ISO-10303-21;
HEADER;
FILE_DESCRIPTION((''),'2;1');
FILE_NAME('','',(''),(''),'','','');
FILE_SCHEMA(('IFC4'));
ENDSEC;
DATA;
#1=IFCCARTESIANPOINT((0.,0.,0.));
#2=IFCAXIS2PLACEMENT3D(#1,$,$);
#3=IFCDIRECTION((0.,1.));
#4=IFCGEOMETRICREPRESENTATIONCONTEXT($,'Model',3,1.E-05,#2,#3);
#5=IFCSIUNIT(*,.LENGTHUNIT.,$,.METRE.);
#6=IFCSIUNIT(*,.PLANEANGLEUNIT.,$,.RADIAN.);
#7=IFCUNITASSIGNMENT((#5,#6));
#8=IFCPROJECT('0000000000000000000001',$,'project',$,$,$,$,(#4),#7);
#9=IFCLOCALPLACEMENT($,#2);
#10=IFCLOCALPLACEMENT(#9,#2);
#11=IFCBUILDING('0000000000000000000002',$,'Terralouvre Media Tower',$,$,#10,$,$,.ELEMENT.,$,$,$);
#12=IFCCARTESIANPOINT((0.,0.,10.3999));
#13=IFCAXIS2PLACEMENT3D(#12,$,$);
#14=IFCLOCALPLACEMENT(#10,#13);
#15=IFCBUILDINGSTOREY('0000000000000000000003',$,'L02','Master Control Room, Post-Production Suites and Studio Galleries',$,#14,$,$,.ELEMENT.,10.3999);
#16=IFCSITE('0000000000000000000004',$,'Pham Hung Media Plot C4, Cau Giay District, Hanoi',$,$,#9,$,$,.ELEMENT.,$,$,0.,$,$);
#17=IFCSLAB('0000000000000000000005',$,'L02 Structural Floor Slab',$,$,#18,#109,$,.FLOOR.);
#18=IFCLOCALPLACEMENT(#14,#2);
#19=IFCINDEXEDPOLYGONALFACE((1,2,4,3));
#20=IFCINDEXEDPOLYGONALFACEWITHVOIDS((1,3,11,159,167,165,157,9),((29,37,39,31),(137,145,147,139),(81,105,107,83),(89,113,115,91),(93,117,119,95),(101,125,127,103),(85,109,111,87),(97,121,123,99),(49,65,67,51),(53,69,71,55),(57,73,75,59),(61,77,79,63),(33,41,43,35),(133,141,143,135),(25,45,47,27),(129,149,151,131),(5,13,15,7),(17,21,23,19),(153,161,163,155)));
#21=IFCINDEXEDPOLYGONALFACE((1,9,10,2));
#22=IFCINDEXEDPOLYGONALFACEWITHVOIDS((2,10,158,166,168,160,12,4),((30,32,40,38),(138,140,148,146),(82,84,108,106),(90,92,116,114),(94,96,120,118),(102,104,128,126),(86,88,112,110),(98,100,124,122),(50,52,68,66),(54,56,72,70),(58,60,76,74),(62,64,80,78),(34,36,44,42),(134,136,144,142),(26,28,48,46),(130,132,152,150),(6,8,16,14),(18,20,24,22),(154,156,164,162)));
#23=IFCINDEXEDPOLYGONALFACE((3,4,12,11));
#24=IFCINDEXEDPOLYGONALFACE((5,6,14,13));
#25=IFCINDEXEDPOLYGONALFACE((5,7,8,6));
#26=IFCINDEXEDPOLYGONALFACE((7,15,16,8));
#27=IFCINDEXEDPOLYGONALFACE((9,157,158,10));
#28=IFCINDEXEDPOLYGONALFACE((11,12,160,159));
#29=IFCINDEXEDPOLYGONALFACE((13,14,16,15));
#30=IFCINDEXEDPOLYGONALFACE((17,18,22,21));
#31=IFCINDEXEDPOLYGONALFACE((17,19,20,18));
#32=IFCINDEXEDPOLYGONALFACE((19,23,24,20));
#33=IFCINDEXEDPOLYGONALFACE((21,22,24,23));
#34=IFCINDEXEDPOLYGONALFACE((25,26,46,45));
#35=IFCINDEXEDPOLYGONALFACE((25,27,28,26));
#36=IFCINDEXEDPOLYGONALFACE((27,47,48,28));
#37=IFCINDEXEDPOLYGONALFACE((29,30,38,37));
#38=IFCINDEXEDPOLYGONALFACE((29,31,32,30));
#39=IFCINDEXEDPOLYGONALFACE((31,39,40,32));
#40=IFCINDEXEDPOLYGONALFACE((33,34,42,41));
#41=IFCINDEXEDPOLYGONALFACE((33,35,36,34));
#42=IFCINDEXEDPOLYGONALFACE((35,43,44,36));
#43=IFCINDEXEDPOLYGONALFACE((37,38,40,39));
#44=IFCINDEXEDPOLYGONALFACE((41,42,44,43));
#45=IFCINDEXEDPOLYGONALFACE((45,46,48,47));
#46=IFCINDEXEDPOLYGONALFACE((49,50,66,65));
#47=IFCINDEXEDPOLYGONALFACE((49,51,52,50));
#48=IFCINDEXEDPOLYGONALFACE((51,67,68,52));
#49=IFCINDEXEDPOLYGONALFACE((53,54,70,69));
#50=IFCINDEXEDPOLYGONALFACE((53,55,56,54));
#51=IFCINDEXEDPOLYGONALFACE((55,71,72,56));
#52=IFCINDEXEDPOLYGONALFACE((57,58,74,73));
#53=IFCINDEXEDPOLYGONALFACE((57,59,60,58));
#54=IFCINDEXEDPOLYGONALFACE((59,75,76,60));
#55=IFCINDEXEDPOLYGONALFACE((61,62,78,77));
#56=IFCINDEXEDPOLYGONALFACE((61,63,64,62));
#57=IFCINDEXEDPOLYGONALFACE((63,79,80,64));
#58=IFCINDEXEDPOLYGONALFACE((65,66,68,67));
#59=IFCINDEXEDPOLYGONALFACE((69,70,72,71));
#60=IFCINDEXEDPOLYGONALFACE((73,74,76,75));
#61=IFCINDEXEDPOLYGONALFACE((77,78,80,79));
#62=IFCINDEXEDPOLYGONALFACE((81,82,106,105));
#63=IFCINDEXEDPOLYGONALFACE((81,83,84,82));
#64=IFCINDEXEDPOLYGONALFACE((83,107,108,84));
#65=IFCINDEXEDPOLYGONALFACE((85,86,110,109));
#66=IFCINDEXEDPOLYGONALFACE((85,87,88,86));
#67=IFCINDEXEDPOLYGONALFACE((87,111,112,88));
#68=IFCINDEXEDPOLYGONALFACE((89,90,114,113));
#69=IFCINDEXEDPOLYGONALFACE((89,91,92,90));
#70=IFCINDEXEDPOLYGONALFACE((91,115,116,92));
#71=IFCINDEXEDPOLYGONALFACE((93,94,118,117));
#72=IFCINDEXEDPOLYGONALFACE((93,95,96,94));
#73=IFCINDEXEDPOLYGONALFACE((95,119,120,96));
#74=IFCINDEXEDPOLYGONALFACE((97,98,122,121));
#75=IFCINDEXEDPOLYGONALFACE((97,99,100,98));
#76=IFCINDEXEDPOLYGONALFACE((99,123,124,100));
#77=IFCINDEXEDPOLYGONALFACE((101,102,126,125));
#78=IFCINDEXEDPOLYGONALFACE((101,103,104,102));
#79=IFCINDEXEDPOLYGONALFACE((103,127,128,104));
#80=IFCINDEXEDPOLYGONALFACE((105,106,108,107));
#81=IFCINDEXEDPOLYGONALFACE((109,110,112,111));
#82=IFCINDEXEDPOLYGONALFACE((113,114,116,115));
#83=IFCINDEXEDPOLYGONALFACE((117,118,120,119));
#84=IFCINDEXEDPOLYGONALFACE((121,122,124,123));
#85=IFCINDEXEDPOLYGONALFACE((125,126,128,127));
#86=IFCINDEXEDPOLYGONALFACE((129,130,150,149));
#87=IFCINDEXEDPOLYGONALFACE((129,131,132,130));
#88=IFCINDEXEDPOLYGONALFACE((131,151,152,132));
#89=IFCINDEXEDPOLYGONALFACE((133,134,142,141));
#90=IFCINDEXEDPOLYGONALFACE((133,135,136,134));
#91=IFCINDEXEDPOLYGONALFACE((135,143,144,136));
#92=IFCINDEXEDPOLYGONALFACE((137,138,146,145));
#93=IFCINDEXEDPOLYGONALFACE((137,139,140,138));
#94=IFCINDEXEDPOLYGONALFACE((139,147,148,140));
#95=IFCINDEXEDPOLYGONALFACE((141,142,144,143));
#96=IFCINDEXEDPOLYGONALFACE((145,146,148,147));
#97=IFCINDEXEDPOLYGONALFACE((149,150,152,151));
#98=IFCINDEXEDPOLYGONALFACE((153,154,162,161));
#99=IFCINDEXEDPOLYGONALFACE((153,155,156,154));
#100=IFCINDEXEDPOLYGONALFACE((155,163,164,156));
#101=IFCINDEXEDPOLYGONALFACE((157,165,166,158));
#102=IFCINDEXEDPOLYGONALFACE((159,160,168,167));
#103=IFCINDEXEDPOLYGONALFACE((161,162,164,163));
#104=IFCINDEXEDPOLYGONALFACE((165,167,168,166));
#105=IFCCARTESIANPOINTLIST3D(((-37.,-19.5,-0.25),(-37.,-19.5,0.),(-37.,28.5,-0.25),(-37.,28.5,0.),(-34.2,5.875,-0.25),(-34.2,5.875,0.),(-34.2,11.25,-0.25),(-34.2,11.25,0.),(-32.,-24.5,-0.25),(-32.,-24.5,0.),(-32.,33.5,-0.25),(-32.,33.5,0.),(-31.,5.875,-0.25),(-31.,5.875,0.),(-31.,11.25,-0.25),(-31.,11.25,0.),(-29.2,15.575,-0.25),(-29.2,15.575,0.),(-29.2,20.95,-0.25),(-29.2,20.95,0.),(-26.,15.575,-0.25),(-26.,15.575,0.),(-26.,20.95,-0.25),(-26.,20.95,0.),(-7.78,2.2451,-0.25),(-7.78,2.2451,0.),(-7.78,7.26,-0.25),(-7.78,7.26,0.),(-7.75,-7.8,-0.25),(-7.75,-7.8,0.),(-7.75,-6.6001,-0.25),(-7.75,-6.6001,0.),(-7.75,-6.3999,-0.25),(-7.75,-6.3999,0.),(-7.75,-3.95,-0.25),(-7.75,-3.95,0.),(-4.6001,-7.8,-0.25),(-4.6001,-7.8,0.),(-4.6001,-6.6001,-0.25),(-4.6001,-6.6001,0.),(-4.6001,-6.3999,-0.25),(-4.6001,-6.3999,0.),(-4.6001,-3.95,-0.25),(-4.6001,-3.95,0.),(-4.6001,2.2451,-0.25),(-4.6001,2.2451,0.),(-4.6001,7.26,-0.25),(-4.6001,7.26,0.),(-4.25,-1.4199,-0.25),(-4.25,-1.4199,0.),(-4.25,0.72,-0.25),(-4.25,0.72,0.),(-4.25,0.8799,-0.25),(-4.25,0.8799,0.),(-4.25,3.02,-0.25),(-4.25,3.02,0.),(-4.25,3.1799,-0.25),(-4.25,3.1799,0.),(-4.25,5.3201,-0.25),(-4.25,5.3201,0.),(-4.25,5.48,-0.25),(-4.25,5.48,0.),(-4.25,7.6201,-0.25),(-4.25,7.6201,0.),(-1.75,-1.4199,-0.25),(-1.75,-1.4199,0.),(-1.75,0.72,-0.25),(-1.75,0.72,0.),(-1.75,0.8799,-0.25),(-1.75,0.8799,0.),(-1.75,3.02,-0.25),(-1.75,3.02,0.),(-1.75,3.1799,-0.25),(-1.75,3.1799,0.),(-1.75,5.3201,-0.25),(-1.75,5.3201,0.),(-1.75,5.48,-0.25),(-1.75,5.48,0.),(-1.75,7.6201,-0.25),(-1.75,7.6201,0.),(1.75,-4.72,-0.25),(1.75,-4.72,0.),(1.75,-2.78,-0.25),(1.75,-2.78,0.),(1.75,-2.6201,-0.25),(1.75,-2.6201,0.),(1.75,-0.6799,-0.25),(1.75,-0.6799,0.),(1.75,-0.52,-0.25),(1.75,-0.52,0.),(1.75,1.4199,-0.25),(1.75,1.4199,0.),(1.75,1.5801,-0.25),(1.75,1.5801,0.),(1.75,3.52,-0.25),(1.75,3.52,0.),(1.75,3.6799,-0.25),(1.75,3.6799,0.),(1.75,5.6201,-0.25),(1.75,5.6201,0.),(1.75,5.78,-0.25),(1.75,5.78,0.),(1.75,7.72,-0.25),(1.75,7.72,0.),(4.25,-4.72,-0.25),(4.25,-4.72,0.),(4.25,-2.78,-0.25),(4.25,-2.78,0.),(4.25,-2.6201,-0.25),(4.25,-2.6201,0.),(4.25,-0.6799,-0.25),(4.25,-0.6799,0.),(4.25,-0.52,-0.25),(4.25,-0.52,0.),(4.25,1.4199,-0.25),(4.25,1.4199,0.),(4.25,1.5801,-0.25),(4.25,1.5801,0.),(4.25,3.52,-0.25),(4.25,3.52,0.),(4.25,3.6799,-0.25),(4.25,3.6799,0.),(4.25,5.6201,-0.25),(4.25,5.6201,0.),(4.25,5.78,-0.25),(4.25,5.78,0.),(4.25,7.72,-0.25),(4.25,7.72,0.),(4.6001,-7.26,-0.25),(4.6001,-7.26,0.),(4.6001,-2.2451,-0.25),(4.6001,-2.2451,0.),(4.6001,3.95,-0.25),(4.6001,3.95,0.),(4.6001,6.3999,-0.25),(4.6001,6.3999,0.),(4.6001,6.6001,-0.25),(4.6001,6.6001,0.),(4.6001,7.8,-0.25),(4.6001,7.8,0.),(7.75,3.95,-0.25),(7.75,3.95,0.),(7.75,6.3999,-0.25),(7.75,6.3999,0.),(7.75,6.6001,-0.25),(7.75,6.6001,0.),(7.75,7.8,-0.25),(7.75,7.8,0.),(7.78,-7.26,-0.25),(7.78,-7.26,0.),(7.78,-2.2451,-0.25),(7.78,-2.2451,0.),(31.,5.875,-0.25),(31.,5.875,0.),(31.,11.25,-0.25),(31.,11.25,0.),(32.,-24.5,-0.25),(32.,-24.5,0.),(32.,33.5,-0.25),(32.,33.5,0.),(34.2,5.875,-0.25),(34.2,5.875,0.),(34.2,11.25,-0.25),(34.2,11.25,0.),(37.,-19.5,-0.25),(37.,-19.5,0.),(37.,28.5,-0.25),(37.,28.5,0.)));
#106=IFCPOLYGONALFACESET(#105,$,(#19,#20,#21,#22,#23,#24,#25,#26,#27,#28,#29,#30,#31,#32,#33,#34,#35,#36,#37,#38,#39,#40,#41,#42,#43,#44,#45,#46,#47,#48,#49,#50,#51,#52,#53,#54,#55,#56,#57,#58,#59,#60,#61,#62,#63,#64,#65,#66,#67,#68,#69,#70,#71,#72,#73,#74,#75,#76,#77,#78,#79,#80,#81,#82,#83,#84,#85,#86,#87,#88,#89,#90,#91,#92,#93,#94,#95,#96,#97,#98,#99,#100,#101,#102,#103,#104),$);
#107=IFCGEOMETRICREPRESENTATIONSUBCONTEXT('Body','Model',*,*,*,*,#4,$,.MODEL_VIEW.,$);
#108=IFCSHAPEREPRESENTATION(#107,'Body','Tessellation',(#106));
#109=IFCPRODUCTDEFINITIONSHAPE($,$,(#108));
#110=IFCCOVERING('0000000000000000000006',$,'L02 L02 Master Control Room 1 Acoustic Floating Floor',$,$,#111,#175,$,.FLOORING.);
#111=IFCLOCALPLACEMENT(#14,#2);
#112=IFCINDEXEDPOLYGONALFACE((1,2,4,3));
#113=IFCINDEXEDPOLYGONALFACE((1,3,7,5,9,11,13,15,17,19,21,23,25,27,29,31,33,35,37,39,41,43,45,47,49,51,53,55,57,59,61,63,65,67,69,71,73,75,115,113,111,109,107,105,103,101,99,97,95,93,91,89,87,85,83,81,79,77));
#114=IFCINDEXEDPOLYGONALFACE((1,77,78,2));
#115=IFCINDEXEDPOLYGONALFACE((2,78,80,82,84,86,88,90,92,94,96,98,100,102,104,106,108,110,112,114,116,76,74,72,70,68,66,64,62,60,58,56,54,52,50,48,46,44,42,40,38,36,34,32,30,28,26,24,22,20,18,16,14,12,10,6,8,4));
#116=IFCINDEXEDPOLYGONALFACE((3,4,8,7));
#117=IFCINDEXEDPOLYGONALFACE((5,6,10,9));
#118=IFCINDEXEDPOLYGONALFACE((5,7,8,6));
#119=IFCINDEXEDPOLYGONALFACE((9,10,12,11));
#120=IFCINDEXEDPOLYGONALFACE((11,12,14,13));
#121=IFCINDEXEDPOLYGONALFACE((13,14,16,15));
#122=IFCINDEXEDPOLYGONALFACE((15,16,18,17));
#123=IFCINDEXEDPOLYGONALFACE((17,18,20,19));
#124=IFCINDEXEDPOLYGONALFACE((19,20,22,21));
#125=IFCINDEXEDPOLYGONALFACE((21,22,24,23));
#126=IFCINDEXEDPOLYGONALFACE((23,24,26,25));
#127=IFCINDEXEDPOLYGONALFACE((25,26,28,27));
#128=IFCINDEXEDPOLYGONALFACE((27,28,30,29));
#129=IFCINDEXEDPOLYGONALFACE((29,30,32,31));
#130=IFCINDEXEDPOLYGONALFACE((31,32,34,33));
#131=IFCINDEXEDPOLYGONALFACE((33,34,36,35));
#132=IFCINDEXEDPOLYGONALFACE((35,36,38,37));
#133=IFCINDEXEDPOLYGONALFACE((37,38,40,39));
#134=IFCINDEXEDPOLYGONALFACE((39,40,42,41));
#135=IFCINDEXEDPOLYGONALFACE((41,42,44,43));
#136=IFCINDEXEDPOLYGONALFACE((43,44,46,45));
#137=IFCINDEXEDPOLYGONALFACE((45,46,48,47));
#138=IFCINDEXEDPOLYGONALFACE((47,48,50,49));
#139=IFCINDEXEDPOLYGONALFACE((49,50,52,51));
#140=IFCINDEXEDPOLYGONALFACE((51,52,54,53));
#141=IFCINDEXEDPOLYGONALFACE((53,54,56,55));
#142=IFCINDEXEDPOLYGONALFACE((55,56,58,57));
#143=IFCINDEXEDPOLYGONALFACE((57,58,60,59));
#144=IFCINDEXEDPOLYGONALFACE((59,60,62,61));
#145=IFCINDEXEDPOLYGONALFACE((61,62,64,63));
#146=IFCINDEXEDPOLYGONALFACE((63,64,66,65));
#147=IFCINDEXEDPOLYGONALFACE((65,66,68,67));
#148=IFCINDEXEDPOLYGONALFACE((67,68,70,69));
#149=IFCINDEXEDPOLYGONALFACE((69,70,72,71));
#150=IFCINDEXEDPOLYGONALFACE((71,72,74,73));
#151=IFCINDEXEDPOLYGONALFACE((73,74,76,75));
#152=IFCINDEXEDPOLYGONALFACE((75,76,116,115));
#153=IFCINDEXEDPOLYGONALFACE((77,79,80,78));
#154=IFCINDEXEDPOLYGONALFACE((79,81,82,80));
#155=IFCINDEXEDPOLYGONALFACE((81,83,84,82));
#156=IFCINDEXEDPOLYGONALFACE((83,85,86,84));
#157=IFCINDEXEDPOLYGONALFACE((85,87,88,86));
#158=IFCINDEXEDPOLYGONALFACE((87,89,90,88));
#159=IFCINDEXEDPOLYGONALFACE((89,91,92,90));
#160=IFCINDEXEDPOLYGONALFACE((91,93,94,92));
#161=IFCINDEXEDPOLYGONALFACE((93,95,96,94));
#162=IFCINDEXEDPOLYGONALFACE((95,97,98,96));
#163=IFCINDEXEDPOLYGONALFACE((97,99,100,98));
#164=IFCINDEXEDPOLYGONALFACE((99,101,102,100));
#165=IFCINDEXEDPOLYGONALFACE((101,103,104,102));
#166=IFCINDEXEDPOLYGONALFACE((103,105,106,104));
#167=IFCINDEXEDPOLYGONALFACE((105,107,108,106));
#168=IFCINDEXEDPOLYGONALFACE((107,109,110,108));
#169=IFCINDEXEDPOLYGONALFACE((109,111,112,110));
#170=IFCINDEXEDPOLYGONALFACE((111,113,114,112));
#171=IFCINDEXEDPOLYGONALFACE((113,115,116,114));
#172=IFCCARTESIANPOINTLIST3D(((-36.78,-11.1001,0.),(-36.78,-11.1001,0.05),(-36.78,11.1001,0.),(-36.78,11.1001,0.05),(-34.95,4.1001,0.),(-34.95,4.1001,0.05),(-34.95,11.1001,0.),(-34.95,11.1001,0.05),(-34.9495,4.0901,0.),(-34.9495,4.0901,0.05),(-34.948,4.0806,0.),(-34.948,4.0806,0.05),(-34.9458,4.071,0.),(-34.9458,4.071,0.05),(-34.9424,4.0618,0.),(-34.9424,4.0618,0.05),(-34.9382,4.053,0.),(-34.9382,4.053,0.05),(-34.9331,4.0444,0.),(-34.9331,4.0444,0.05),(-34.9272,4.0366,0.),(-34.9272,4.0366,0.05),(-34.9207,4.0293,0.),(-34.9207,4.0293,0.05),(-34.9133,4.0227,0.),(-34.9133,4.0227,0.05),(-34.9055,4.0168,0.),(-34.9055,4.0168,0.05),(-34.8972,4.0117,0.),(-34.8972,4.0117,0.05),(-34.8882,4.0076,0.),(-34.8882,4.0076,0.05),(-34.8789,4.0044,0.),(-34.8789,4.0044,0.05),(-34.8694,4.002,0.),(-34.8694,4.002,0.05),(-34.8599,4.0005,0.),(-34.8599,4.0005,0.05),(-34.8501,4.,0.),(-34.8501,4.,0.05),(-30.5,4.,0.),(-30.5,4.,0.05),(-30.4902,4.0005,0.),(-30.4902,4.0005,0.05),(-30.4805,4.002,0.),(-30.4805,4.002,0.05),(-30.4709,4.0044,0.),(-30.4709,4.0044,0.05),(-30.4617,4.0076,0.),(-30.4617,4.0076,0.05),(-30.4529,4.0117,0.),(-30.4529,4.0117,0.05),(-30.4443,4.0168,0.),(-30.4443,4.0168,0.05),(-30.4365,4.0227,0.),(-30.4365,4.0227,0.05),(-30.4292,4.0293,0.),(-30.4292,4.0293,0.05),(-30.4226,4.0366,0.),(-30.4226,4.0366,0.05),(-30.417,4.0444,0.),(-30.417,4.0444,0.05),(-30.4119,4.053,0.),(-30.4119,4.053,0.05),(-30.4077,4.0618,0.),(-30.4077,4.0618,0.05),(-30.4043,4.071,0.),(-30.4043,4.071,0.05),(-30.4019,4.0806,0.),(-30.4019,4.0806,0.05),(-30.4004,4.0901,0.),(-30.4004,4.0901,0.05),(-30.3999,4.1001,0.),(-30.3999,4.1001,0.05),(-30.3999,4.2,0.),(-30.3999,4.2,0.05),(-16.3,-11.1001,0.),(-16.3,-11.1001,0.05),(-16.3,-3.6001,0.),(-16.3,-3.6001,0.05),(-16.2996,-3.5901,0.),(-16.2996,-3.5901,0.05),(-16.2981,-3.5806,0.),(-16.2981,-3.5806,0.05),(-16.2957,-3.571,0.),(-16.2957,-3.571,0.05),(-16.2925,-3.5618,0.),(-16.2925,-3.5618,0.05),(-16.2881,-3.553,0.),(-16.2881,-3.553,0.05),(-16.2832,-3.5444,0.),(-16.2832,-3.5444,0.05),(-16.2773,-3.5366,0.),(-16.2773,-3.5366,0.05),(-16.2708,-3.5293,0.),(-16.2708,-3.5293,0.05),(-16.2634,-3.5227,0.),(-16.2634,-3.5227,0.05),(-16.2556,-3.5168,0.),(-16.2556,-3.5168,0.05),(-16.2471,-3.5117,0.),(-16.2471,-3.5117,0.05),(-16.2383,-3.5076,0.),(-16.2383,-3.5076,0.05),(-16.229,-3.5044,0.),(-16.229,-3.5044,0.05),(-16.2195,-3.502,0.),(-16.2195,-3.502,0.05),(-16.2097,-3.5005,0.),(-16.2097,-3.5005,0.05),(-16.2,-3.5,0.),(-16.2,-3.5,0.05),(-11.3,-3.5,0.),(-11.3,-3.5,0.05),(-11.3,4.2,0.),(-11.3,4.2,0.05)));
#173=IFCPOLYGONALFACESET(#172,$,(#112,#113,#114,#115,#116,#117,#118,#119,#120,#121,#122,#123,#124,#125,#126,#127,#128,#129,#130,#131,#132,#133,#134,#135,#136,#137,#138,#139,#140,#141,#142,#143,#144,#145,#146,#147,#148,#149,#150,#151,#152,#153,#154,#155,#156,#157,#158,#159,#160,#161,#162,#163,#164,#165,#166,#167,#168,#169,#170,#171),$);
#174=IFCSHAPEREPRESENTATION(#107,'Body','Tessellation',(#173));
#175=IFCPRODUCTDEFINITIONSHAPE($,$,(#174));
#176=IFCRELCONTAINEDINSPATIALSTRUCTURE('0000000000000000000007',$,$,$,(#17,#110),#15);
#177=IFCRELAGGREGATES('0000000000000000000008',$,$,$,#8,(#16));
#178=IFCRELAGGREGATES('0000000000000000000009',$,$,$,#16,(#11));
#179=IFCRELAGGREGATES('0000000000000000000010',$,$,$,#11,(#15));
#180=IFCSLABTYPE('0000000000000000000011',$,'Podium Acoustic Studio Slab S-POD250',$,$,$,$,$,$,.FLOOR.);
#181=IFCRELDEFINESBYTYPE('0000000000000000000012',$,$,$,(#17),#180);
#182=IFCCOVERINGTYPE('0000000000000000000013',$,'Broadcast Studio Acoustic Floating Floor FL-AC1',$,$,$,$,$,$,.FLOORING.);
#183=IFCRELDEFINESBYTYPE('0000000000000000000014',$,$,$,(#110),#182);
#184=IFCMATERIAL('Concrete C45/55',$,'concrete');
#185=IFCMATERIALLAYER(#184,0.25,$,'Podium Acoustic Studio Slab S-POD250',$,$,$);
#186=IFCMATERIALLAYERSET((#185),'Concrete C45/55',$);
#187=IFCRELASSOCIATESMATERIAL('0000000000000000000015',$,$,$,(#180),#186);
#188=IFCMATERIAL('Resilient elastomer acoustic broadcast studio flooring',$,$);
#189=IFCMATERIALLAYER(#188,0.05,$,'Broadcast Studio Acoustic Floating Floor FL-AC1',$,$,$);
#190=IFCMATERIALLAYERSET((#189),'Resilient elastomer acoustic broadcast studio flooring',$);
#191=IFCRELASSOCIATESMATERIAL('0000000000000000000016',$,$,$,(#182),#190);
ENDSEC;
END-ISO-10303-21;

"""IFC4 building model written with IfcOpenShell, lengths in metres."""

from ifc_helpers import new_model, si_unit, direction, frame, origin, place, context, subcontext, project, spatial, polyline, outline, extrude, material, layer, layer_set, type_object, element, save


model = new_model("IFC4")

# Units and contexts
model_context = context("Model", 3, precision=1e-05, world=origin(), true_north=direction((0.0, 1.0)))
body_context = subcontext(model_context, "Body", "Model", "MODEL_VIEW")
ifc_project = project(units=[si_unit("LENGTHUNIT", "METRE"), si_unit("PLANEANGLEUNIT", "RADIAN")], contexts=[model_context])

# Site, building, storey
site_placement = place(None, origin())
site = spatial("IfcSite", under=ifc_project, at=site_placement, Name="Pham Hung Media Plot C4, Cau Giay District, Hanoi", CompositionType="ELEMENT", RefElevation=0.0)
building_placement = place(site_placement, origin())
building = spatial("IfcBuilding", under=site, at=building_placement, Name="Terralouvre Media Tower", CompositionType="ELEMENT")
storey_placement = place(building_placement, frame((0.0, 0.0, 10.3999)))
storey = spatial("IfcBuildingStorey", under=building, at=storey_placement, Name="L02", Description="Master Control Room, Post-Production Suites and Studio Galleries", CompositionType="ELEMENT", Elevation=10.3999)

# Slab
ifc_material_1 = material(Name="Concrete C45/55", Category="concrete")
ifc_layer_1 = layer(ifc_material_1, 0.25, Name="Podium Acoustic Studio Slab S-POD250")
ifc_layer_set_1 = layer_set([ifc_layer_1], Name="Concrete C45/55")
slab_type = type_object("IfcSlabType", Name="Podium Acoustic Studio Slab S-POD250", PredefinedType="FLOOR", material=ifc_layer_set_1)
slab_placement = place(storey_placement, frame((0.0, 0.0, -0.25)))
element("IfcSlab", 1, at=slab_placement, inside=storey, type_object=slab_type, Name="L02 Structural Floor Slab", PredefinedType="FLOOR", context=body_context, shape_type="SweptSolid", body=[
    extrude(outline(polyline([(-32.0, -24.5), (32.0, -24.5), (37.0, -19.5), (37.0, 28.5), (32.0, 33.5), (-32.0, 33.5), (-37.0, 28.5), (-37.0, -19.5), (-32.0, -24.5)]), holes=[polyline([(-4.6001, -7.8), (-7.75, -7.8), (-7.75, -6.6001), (-4.6001, -6.6001), (-4.6001, -7.8)]), polyline([(-4.6001, -6.3999), (-7.75, -6.3999), (-7.75, -3.95), (-4.6001, -3.95), (-4.6001, -6.3999)]), polyline([(-1.75, -1.4199), (-4.25, -1.4199), (-4.25, 0.72), (-1.75, 0.72), (-1.75, -1.4199)]), polyline([(4.25, -0.52), (1.75, -0.52), (1.75, 1.4199), (4.25, 1.4199), (4.25, -0.52)]), polyline([(-1.75, 0.8799), (-4.25, 0.8799), (-4.25, 3.02), (-1.75, 3.02), (-1.75, 0.8799)]), polyline([(-1.75, 3.1799), (-4.25, 3.1799), (-4.25, 5.3201), (-1.75, 5.3201), (-1.75, 3.1799)]), polyline([(-4.6001, 2.2451), (-7.78, 2.2451), (-7.78, 7.26), (-4.6001, 7.26), (-4.6001, 2.2451)]), polyline([(-4.25, 5.48), (-4.25, 7.6201), (-1.75, 7.6201), (-1.75, 5.48), (-4.25, 5.48)]), polyline([(-34.2, 5.875), (-34.2, 11.25), (-31.0, 11.25), (-31.0, 5.875), (-34.2, 5.875)]), polyline([(-26.0, 15.575), (-29.2, 15.575), (-29.2, 20.95), (-26.0, 20.95), (-26.0, 15.575)]), polyline([(4.6001, -2.2451), (7.78, -2.2451), (7.78, -7.26), (4.6001, -7.26), (4.6001, -2.2451)]), polyline([(4.25, -4.72), (1.75, -4.72), (1.75, -2.78), (4.25, -2.78), (4.25, -4.72)]), polyline([(1.75, -2.6201), (1.75, -0.6799), (4.25, -0.6799), (4.25, -2.6201), (1.75, -2.6201)]), polyline([(1.75, 1.5801), (1.75, 3.52), (4.25, 3.52), (4.25, 1.5801), (1.75, 1.5801)]), polyline([(4.25, 3.6799), (1.75, 3.6799), (1.75, 5.6201), (4.25, 5.6201), (4.25, 3.6799)]), polyline([(7.75, 3.95), (4.6001, 3.95), (4.6001, 6.3999), (7.75, 6.3999), (7.75, 3.95)]), polyline([(4.25, 5.78), (1.75, 5.78), (1.75, 7.72), (4.25, 7.72), (4.25, 5.78)]), polyline([(4.6001, 6.6001), (4.6001, 7.8), (7.75, 7.8), (7.75, 6.6001), (4.6001, 6.6001)]), polyline([(31.0, 5.875), (31.0, 11.25), (34.2, 11.25), (34.2, 5.875), (31.0, 5.875)])]), origin(), (0.0, 0.0, 1.0), 0.25),
])

# Covering
ifc_material_2 = material(Name="Resilient elastomer acoustic broadcast studio flooring")
ifc_layer_2 = layer(ifc_material_2, 0.05, Name="Broadcast Studio Acoustic Floating Floor FL-AC1")
ifc_layer_set_2 = layer_set([ifc_layer_2], Name="Resilient elastomer acoustic broadcast studio flooring")
covering_type_1 = type_object("IfcCoveringType", Name="Broadcast Studio Acoustic Floating Floor FL-AC1", PredefinedType="FLOORING", material=ifc_layer_set_2)
covering_1_placement = place(storey_placement, origin())
element("IfcCovering", 2, at=covering_1_placement, inside=storey, type_object=covering_type_1, Name="L02 L02 Master Control Room 1 Acoustic Floating Floor", PredefinedType="FLOORING", context=body_context, shape_type="SweptSolid", body=[
    extrude(outline(polyline([(-16.3, -3.6001), (-16.2996, -3.5901), (-16.2981, -3.5806), (-16.2957, -3.571), (-16.2925, -3.5618), (-16.2881, -3.553), (-16.2832, -3.5444), (-16.2773, -3.5366), (-16.2708, -3.5293), (-16.2634, -3.5227), (-16.2556, -3.5168), (-16.2471, -3.5117), (-16.2383, -3.5076), (-16.229, -3.5044), (-16.2195, -3.502), (-16.2097, -3.5005), (-16.2, -3.5), (-11.3, -3.5), (-11.3, 4.2), (-30.3999, 4.2), (-30.3999, 4.1001), (-30.4004, 4.0901), (-30.4019, 4.0806), (-30.4043, 4.071), (-30.4077, 4.0618), (-30.4119, 4.053), (-30.417, 4.0444), (-30.4226, 4.0366), (-30.4292, 4.0293), (-30.4365, 4.0227), (-30.4443, 4.0168), (-30.4529, 4.0117), (-30.4617, 4.0076), (-30.4709, 4.0044), (-30.4805, 4.002), (-30.4902, 4.0005), (-30.5, 4.0), (-34.8501, 4.0), (-34.8599, 4.0005), (-34.8694, 4.002), (-34.8789, 4.0044), (-34.8882, 4.0076), (-34.8972, 4.0117), (-34.9055, 4.0168), (-34.9133, 4.0227), (-34.9207, 4.0293), (-34.9272, 4.0366), (-34.9331, 4.0444), (-34.9382, 4.053), (-34.9424, 4.0618), (-34.9458, 4.071), (-34.948, 4.0806), (-34.9495, 4.0901), (-34.95, 4.1001), (-34.95, 11.1001), (-36.78, 11.1001), (-36.78, -11.1001), (-16.3, -11.1001), (-16.3, -3.6001)])), origin(), (0.0, 0.0, 1.0), 0.05),
])

save(model, "model.ifc")
